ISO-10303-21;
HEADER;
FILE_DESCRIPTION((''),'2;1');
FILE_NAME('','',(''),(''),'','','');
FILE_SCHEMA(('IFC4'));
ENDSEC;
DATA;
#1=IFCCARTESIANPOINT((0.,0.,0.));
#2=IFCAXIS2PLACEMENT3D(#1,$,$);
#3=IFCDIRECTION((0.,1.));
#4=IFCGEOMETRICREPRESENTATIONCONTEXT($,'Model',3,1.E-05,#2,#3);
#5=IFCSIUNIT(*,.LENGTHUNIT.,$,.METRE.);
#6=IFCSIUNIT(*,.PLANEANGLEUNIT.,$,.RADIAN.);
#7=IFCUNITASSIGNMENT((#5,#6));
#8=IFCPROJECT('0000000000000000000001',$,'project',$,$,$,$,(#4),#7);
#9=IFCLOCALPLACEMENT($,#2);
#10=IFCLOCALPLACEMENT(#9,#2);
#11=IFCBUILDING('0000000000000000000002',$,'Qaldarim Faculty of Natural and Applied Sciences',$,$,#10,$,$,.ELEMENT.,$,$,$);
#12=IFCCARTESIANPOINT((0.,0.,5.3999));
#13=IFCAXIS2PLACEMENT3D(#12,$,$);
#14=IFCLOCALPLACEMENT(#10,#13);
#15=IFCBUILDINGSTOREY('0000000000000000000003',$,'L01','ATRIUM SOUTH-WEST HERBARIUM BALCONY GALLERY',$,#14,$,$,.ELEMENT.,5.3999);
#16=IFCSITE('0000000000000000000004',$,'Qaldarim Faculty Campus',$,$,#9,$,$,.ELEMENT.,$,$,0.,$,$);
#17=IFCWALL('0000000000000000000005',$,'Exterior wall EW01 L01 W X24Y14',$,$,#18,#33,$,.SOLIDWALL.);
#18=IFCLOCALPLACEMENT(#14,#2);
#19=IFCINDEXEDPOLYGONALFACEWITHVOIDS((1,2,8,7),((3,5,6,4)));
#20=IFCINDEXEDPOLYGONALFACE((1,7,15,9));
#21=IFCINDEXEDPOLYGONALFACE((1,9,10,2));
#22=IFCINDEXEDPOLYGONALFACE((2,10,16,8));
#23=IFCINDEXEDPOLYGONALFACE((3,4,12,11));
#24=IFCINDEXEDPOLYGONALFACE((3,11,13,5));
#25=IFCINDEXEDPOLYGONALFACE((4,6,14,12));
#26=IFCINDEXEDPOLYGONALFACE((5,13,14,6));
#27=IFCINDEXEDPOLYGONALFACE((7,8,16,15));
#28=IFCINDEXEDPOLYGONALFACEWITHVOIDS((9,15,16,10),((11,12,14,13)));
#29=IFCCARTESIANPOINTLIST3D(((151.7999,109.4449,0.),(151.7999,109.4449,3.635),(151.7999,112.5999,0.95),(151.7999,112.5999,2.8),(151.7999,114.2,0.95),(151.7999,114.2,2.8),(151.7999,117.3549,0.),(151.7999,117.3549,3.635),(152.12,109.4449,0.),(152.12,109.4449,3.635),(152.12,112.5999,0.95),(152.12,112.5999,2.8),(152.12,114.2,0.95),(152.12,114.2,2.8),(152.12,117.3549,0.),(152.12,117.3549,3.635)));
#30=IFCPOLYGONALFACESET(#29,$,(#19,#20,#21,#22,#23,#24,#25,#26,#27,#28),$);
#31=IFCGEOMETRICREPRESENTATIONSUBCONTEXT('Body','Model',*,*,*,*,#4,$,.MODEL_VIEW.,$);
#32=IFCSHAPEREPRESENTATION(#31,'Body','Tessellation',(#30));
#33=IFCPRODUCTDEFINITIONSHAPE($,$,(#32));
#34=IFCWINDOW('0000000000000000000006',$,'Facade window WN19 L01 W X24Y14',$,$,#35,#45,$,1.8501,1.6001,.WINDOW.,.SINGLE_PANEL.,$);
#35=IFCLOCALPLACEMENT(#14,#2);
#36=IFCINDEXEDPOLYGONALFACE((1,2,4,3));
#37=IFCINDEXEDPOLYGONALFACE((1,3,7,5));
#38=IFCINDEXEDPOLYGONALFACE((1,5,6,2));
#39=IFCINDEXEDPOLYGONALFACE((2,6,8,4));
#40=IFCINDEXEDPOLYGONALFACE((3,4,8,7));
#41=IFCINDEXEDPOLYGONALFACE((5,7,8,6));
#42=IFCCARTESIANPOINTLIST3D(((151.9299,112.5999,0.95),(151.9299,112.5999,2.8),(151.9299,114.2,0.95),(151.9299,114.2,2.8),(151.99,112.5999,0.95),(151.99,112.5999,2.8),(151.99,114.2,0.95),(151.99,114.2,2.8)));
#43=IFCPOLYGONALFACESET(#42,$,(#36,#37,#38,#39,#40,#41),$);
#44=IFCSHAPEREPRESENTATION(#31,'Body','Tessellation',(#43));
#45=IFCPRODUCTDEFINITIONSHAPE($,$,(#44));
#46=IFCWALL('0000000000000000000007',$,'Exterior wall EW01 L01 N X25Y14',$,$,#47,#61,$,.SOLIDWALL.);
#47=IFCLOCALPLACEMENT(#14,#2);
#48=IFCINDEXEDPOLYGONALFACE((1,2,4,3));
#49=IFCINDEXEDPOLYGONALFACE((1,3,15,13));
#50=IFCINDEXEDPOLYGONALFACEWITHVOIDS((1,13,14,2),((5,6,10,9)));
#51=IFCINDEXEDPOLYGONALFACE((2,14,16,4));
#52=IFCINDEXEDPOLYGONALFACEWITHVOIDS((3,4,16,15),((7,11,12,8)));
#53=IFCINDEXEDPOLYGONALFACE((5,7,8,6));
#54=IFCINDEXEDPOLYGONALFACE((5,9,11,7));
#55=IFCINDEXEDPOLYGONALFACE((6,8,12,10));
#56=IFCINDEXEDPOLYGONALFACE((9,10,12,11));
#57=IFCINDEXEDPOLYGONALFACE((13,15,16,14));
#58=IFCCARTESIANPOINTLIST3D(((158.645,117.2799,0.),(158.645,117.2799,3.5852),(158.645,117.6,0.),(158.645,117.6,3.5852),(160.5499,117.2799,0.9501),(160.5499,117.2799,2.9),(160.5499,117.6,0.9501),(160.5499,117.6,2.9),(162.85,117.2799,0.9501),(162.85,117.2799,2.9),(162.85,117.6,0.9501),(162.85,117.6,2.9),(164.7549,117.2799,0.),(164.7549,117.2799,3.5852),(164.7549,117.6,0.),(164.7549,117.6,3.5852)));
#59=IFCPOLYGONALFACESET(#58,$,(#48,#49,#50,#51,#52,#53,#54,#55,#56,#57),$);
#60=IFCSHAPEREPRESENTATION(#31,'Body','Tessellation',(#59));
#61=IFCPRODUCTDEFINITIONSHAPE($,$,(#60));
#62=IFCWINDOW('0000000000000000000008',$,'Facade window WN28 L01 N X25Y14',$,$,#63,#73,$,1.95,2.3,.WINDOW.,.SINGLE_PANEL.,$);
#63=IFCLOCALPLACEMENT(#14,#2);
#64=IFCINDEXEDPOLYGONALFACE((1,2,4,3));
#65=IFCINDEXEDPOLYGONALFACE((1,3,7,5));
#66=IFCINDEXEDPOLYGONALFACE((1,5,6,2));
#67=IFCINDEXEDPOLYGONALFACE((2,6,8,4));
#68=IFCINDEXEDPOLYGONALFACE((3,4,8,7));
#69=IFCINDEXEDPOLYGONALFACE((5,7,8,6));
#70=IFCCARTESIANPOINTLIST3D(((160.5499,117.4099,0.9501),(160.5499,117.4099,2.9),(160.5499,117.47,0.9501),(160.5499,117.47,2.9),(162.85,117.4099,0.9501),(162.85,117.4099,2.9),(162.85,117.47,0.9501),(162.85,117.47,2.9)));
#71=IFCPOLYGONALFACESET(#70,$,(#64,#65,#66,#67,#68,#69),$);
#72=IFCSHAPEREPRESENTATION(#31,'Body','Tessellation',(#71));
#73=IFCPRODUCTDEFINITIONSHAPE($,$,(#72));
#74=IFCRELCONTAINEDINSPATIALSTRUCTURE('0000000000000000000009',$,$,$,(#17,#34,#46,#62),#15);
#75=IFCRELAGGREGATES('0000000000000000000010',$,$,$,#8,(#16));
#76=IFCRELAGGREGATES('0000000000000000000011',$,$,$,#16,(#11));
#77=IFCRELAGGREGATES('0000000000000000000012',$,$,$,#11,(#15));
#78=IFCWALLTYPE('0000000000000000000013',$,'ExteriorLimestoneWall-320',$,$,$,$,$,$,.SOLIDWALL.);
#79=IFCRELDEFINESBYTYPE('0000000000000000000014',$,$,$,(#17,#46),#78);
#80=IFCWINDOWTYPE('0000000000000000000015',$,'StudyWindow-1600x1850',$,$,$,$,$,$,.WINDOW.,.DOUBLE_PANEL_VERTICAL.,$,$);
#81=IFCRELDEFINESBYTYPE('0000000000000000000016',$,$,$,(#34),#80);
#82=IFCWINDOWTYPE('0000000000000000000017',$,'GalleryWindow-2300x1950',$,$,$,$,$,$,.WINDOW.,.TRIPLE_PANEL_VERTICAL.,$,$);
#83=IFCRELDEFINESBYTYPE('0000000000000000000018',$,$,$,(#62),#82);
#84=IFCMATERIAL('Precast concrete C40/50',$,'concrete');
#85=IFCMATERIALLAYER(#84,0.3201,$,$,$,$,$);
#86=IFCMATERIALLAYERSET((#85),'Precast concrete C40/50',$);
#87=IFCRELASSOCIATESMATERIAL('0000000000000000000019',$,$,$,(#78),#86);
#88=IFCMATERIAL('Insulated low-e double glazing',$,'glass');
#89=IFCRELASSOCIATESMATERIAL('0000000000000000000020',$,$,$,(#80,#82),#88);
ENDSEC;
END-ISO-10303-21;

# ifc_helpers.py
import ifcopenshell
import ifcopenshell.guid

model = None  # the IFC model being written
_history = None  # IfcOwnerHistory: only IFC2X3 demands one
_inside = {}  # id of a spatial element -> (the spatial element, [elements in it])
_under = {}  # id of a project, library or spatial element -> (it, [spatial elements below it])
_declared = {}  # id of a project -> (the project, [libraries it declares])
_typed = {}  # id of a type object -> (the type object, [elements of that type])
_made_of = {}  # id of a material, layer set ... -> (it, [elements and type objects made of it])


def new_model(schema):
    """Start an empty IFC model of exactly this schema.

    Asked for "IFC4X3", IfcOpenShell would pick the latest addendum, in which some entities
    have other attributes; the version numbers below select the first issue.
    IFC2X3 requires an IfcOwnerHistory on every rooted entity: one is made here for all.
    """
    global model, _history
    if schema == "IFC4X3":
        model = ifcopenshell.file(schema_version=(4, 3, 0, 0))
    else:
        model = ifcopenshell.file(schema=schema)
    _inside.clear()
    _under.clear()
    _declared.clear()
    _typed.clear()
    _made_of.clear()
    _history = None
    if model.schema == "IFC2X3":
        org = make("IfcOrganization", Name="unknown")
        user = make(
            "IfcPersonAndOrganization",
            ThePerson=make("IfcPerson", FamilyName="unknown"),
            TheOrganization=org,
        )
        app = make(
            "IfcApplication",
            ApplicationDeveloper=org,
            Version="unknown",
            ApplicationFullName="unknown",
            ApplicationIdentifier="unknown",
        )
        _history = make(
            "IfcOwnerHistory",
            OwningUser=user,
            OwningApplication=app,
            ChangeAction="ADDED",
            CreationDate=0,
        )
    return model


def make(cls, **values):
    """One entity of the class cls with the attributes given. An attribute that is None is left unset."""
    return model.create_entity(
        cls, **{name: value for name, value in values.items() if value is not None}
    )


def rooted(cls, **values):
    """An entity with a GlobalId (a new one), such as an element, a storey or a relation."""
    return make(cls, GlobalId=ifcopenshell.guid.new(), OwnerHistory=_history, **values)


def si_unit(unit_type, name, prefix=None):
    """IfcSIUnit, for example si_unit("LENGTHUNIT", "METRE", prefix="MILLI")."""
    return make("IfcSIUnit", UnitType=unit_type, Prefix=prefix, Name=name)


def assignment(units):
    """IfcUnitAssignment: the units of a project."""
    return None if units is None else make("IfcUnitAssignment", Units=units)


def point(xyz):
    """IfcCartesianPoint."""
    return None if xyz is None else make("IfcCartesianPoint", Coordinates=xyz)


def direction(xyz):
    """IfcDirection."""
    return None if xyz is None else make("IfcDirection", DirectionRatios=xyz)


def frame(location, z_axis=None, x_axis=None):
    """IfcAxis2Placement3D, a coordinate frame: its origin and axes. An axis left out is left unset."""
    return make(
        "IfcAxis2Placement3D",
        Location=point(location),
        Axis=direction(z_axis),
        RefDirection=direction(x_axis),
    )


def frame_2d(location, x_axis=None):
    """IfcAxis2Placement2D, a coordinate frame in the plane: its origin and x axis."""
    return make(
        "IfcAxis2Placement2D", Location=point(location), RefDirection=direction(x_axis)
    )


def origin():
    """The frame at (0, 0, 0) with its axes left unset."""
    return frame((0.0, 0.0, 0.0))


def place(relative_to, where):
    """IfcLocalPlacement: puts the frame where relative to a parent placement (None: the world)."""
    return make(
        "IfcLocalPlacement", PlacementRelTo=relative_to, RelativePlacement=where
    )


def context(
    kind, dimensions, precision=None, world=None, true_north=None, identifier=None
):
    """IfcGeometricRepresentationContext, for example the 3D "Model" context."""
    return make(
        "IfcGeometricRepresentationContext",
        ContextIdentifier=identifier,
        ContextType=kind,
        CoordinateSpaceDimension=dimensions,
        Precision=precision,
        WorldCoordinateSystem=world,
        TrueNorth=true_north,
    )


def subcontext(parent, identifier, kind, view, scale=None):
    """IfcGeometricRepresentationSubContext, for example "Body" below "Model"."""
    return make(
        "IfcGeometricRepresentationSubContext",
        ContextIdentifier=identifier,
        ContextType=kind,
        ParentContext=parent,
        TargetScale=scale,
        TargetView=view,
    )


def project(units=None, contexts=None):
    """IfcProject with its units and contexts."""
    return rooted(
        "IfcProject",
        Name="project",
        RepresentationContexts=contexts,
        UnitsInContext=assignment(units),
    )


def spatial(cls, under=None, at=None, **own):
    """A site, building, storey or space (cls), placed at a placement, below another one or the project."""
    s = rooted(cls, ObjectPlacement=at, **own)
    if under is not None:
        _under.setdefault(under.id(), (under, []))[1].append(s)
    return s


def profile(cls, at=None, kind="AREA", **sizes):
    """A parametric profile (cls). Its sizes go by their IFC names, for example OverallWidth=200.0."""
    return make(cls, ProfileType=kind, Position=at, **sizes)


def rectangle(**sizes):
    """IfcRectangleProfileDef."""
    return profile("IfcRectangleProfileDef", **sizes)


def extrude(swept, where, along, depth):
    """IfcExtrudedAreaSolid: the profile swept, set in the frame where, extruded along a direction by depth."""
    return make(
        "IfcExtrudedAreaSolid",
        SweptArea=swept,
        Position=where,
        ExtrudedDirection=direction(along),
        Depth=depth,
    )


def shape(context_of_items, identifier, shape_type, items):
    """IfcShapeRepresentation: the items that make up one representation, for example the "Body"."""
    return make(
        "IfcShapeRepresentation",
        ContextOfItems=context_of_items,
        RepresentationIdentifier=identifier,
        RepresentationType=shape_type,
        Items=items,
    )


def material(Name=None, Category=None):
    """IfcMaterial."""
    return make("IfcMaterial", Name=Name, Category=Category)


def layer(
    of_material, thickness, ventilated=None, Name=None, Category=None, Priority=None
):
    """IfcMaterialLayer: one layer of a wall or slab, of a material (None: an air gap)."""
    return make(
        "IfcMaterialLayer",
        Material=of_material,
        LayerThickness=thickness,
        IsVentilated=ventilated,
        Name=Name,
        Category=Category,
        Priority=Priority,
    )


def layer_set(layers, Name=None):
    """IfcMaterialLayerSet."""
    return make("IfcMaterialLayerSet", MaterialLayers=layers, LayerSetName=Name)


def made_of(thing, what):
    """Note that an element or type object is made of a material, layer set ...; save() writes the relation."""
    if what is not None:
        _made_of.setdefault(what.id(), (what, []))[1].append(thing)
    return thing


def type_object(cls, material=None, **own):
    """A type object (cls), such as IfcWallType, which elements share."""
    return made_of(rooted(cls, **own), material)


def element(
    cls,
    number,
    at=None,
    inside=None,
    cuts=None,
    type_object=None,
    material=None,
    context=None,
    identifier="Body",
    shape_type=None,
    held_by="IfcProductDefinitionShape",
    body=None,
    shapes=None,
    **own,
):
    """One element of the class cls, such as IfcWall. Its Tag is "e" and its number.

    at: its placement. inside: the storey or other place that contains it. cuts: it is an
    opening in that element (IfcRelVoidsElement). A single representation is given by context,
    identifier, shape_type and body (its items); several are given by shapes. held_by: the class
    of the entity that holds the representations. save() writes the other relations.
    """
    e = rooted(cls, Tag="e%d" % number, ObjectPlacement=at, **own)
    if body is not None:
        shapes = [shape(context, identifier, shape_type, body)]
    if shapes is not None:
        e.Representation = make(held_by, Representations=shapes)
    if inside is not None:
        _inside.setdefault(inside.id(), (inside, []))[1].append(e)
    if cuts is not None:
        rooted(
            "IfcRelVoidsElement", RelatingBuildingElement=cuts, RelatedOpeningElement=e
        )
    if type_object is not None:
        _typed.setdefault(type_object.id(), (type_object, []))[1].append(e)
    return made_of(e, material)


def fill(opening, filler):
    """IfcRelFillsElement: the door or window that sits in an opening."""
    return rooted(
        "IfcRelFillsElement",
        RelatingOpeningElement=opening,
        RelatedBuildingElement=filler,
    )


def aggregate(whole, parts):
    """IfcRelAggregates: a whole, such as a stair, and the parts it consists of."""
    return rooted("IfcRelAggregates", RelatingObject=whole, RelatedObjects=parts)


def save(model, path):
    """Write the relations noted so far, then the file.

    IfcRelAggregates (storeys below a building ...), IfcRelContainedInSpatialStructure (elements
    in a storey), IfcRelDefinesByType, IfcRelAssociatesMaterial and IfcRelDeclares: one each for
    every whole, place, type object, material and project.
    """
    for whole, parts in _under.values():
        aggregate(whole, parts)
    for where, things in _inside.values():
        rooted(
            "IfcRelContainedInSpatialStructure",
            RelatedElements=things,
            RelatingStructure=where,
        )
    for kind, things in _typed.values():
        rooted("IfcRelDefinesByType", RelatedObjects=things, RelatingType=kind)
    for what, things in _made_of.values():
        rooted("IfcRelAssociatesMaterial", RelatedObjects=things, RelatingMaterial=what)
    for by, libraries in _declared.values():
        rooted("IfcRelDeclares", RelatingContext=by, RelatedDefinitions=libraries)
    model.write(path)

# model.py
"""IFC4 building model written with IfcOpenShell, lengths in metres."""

from ifc_helpers import new_model, si_unit, direction, frame, frame_2d, origin, place, context, subcontext, project, spatial, rectangle, extrude, material, layer, layer_set, type_object, element, fill, save


model = new_model("IFC4")

# Units and contexts
model_context = context("Model", 3, precision=1e-05, world=origin(), true_north=direction((0.0, 1.0)))
body_context = subcontext(model_context, "Body", "Model", "MODEL_VIEW")
ifc_project = project(units=[si_unit("LENGTHUNIT", "METRE"), si_unit("PLANEANGLEUNIT", "RADIAN")], contexts=[model_context])

# Site, building, storey
site_placement = place(None, origin())
site = spatial("IfcSite", under=ifc_project, at=site_placement, Name="Qaldarim Faculty Campus", CompositionType="ELEMENT", RefElevation=0.0)
building_placement = place(site_placement, origin())
building = spatial("IfcBuilding", under=site, at=building_placement, Name="Qaldarim Faculty of Natural and Applied Sciences", CompositionType="ELEMENT")
storey_placement = place(building_placement, frame((0.0, 0.0, 5.3999)))
storey = spatial("IfcBuildingStorey", under=building, at=storey_placement, Name="L01", Description="ATRIUM SOUTH-WEST HERBARIUM BALCONY GALLERY", CompositionType="ELEMENT", Elevation=5.3999)

# Walls, openings, windows
ifc_material_1 = material(Name="Precast concrete C40/50", Category="concrete")
ifc_layer_1 = layer(ifc_material_1, 0.3201)
ifc_layer_set_1 = layer_set([ifc_layer_1], Name="Precast concrete C40/50")
wall_type_1 = type_object("IfcWallType", Name="ExteriorLimestoneWall-320", PredefinedType="SOLIDWALL", material=ifc_layer_set_1)
ifc_material_2 = material(Name="Insulated low-e double glazing", Category="glass")
wall_1_placement = place(storey_placement, frame((151.96, 117.355, 0.0), z_axis=(0.0, 0.0, 1.0), x_axis=(0.0, -1.0, 0.0)))
wall_1 = element("IfcWall", 1, at=wall_1_placement, inside=storey, type_object=wall_type_1, Name="Exterior wall EW01 L01 W X24Y14", PredefinedType="SOLIDWALL", context=body_context, shape_type="SweptSolid", body=[
    extrude(rectangle(XDim=7.9099, YDim=0.3201, at=frame_2d((3.9551, 0.0))), origin(), (0.0, 0.0, 1.0), 3.635),
])
opening_1_placement = place(wall_1_placement, frame((3.155, 0.0, 0.95)))
opening_1 = element("IfcOpeningElement", 2, at=opening_1_placement, cuts=wall_1, PredefinedType="OPENING", context=body_context, shape_type="SweptSolid", body=[
    extrude(rectangle(XDim=1.6001, YDim=1.8501, at=frame_2d((0.8, 0.925))), frame((0.0, 0.1699, 0.0), z_axis=(0.0, -1.0, 0.0), x_axis=(1.0, 0.0, 0.0)), (0.0, 0.0, 1.0), 0.3401),
])
window_type_1 = type_object("IfcWindowType", Name="StudyWindow-1600x1850", PartitioningType="DOUBLE_PANEL_VERTICAL", PredefinedType="WINDOW", material=ifc_material_2)
window_1_placement = place(opening_1_placement, origin())
window_1 = element("IfcWindow", 3, at=window_1_placement, inside=storey, type_object=window_type_1, Name="Facade window WN19 L01 W X24Y14", OverallHeight=1.8501, OverallWidth=1.6001, PartitioningType="SINGLE_PANEL", PredefinedType="WINDOW", context=body_context, shape_type="SweptSolid", body=[
    extrude(rectangle(XDim=1.6001, YDim=1.8501, at=frame_2d((0.8, 0.925))), frame((0.0, 0.03, 0.0), z_axis=(0.0, -1.0, 0.0), x_axis=(1.0, 0.0, 0.0)), (0.0, 0.0, 1.0), 0.0601),
])
fill(opening_1, window_1)
wall_2_placement = place(storey_placement, frame((164.7549, 117.4399, 0.0), z_axis=(0.0, 0.0, 1.0), x_axis=(-1.0, 0.0, 0.0)))
wall_2 = element("IfcWall", 4, at=wall_2_placement, inside=storey, type_object=wall_type_1, Name="Exterior wall EW01 L01 N X25Y14", PredefinedType="SOLIDWALL", context=body_context, shape_type="SweptSolid", body=[
    extrude(rectangle(XDim=6.1099, YDim=0.3201, at=frame_2d((3.0549, 0.0))), origin(), (0.0, 0.0, 1.0), 3.5852),
])
opening_2_placement = place(wall_2_placement, frame((1.905, 0.0, 0.95)))
opening_2 = element("IfcOpeningElement", 5, at=opening_2_placement, cuts=wall_2, PredefinedType="OPENING", context=body_context, shape_type="SweptSolid", body=[
    extrude(rectangle(XDim=2.3, YDim=1.95, at=frame_2d((1.1499, 0.9751))), frame((0.0, 0.1699, 0.0), z_axis=(0.0, -1.0, 0.0), x_axis=(1.0, 0.0, 0.0)), (0.0, 0.0, 1.0), 0.3401),
])
window_type_2 = type_object("IfcWindowType", Name="GalleryWindow-2300x1950", PartitioningType="TRIPLE_PANEL_VERTICAL", PredefinedType="WINDOW", material=ifc_material_2)
window_2_placement = place(opening_2_placement, origin())
window_2 = element("IfcWindow", 6, at=window_2_placement, inside=storey, type_object=window_type_2, Name="Facade window WN28 L01 N X25Y14", OverallHeight=1.95, OverallWidth=2.3, PartitioningType="SINGLE_PANEL", PredefinedType="WINDOW", context=body_context, shape_type="SweptSolid", body=[
    extrude(rectangle(XDim=2.3, YDim=1.95, at=frame_2d((1.1499, 0.9751))), frame((0.0, 0.03, 0.0), z_axis=(0.0, -1.0, 0.0), x_axis=(1.0, 0.0, 0.0)), (0.0, 0.0, 1.0), 0.0601),
])
fill(opening_2, window_2)

save(model, "model.ifc")
